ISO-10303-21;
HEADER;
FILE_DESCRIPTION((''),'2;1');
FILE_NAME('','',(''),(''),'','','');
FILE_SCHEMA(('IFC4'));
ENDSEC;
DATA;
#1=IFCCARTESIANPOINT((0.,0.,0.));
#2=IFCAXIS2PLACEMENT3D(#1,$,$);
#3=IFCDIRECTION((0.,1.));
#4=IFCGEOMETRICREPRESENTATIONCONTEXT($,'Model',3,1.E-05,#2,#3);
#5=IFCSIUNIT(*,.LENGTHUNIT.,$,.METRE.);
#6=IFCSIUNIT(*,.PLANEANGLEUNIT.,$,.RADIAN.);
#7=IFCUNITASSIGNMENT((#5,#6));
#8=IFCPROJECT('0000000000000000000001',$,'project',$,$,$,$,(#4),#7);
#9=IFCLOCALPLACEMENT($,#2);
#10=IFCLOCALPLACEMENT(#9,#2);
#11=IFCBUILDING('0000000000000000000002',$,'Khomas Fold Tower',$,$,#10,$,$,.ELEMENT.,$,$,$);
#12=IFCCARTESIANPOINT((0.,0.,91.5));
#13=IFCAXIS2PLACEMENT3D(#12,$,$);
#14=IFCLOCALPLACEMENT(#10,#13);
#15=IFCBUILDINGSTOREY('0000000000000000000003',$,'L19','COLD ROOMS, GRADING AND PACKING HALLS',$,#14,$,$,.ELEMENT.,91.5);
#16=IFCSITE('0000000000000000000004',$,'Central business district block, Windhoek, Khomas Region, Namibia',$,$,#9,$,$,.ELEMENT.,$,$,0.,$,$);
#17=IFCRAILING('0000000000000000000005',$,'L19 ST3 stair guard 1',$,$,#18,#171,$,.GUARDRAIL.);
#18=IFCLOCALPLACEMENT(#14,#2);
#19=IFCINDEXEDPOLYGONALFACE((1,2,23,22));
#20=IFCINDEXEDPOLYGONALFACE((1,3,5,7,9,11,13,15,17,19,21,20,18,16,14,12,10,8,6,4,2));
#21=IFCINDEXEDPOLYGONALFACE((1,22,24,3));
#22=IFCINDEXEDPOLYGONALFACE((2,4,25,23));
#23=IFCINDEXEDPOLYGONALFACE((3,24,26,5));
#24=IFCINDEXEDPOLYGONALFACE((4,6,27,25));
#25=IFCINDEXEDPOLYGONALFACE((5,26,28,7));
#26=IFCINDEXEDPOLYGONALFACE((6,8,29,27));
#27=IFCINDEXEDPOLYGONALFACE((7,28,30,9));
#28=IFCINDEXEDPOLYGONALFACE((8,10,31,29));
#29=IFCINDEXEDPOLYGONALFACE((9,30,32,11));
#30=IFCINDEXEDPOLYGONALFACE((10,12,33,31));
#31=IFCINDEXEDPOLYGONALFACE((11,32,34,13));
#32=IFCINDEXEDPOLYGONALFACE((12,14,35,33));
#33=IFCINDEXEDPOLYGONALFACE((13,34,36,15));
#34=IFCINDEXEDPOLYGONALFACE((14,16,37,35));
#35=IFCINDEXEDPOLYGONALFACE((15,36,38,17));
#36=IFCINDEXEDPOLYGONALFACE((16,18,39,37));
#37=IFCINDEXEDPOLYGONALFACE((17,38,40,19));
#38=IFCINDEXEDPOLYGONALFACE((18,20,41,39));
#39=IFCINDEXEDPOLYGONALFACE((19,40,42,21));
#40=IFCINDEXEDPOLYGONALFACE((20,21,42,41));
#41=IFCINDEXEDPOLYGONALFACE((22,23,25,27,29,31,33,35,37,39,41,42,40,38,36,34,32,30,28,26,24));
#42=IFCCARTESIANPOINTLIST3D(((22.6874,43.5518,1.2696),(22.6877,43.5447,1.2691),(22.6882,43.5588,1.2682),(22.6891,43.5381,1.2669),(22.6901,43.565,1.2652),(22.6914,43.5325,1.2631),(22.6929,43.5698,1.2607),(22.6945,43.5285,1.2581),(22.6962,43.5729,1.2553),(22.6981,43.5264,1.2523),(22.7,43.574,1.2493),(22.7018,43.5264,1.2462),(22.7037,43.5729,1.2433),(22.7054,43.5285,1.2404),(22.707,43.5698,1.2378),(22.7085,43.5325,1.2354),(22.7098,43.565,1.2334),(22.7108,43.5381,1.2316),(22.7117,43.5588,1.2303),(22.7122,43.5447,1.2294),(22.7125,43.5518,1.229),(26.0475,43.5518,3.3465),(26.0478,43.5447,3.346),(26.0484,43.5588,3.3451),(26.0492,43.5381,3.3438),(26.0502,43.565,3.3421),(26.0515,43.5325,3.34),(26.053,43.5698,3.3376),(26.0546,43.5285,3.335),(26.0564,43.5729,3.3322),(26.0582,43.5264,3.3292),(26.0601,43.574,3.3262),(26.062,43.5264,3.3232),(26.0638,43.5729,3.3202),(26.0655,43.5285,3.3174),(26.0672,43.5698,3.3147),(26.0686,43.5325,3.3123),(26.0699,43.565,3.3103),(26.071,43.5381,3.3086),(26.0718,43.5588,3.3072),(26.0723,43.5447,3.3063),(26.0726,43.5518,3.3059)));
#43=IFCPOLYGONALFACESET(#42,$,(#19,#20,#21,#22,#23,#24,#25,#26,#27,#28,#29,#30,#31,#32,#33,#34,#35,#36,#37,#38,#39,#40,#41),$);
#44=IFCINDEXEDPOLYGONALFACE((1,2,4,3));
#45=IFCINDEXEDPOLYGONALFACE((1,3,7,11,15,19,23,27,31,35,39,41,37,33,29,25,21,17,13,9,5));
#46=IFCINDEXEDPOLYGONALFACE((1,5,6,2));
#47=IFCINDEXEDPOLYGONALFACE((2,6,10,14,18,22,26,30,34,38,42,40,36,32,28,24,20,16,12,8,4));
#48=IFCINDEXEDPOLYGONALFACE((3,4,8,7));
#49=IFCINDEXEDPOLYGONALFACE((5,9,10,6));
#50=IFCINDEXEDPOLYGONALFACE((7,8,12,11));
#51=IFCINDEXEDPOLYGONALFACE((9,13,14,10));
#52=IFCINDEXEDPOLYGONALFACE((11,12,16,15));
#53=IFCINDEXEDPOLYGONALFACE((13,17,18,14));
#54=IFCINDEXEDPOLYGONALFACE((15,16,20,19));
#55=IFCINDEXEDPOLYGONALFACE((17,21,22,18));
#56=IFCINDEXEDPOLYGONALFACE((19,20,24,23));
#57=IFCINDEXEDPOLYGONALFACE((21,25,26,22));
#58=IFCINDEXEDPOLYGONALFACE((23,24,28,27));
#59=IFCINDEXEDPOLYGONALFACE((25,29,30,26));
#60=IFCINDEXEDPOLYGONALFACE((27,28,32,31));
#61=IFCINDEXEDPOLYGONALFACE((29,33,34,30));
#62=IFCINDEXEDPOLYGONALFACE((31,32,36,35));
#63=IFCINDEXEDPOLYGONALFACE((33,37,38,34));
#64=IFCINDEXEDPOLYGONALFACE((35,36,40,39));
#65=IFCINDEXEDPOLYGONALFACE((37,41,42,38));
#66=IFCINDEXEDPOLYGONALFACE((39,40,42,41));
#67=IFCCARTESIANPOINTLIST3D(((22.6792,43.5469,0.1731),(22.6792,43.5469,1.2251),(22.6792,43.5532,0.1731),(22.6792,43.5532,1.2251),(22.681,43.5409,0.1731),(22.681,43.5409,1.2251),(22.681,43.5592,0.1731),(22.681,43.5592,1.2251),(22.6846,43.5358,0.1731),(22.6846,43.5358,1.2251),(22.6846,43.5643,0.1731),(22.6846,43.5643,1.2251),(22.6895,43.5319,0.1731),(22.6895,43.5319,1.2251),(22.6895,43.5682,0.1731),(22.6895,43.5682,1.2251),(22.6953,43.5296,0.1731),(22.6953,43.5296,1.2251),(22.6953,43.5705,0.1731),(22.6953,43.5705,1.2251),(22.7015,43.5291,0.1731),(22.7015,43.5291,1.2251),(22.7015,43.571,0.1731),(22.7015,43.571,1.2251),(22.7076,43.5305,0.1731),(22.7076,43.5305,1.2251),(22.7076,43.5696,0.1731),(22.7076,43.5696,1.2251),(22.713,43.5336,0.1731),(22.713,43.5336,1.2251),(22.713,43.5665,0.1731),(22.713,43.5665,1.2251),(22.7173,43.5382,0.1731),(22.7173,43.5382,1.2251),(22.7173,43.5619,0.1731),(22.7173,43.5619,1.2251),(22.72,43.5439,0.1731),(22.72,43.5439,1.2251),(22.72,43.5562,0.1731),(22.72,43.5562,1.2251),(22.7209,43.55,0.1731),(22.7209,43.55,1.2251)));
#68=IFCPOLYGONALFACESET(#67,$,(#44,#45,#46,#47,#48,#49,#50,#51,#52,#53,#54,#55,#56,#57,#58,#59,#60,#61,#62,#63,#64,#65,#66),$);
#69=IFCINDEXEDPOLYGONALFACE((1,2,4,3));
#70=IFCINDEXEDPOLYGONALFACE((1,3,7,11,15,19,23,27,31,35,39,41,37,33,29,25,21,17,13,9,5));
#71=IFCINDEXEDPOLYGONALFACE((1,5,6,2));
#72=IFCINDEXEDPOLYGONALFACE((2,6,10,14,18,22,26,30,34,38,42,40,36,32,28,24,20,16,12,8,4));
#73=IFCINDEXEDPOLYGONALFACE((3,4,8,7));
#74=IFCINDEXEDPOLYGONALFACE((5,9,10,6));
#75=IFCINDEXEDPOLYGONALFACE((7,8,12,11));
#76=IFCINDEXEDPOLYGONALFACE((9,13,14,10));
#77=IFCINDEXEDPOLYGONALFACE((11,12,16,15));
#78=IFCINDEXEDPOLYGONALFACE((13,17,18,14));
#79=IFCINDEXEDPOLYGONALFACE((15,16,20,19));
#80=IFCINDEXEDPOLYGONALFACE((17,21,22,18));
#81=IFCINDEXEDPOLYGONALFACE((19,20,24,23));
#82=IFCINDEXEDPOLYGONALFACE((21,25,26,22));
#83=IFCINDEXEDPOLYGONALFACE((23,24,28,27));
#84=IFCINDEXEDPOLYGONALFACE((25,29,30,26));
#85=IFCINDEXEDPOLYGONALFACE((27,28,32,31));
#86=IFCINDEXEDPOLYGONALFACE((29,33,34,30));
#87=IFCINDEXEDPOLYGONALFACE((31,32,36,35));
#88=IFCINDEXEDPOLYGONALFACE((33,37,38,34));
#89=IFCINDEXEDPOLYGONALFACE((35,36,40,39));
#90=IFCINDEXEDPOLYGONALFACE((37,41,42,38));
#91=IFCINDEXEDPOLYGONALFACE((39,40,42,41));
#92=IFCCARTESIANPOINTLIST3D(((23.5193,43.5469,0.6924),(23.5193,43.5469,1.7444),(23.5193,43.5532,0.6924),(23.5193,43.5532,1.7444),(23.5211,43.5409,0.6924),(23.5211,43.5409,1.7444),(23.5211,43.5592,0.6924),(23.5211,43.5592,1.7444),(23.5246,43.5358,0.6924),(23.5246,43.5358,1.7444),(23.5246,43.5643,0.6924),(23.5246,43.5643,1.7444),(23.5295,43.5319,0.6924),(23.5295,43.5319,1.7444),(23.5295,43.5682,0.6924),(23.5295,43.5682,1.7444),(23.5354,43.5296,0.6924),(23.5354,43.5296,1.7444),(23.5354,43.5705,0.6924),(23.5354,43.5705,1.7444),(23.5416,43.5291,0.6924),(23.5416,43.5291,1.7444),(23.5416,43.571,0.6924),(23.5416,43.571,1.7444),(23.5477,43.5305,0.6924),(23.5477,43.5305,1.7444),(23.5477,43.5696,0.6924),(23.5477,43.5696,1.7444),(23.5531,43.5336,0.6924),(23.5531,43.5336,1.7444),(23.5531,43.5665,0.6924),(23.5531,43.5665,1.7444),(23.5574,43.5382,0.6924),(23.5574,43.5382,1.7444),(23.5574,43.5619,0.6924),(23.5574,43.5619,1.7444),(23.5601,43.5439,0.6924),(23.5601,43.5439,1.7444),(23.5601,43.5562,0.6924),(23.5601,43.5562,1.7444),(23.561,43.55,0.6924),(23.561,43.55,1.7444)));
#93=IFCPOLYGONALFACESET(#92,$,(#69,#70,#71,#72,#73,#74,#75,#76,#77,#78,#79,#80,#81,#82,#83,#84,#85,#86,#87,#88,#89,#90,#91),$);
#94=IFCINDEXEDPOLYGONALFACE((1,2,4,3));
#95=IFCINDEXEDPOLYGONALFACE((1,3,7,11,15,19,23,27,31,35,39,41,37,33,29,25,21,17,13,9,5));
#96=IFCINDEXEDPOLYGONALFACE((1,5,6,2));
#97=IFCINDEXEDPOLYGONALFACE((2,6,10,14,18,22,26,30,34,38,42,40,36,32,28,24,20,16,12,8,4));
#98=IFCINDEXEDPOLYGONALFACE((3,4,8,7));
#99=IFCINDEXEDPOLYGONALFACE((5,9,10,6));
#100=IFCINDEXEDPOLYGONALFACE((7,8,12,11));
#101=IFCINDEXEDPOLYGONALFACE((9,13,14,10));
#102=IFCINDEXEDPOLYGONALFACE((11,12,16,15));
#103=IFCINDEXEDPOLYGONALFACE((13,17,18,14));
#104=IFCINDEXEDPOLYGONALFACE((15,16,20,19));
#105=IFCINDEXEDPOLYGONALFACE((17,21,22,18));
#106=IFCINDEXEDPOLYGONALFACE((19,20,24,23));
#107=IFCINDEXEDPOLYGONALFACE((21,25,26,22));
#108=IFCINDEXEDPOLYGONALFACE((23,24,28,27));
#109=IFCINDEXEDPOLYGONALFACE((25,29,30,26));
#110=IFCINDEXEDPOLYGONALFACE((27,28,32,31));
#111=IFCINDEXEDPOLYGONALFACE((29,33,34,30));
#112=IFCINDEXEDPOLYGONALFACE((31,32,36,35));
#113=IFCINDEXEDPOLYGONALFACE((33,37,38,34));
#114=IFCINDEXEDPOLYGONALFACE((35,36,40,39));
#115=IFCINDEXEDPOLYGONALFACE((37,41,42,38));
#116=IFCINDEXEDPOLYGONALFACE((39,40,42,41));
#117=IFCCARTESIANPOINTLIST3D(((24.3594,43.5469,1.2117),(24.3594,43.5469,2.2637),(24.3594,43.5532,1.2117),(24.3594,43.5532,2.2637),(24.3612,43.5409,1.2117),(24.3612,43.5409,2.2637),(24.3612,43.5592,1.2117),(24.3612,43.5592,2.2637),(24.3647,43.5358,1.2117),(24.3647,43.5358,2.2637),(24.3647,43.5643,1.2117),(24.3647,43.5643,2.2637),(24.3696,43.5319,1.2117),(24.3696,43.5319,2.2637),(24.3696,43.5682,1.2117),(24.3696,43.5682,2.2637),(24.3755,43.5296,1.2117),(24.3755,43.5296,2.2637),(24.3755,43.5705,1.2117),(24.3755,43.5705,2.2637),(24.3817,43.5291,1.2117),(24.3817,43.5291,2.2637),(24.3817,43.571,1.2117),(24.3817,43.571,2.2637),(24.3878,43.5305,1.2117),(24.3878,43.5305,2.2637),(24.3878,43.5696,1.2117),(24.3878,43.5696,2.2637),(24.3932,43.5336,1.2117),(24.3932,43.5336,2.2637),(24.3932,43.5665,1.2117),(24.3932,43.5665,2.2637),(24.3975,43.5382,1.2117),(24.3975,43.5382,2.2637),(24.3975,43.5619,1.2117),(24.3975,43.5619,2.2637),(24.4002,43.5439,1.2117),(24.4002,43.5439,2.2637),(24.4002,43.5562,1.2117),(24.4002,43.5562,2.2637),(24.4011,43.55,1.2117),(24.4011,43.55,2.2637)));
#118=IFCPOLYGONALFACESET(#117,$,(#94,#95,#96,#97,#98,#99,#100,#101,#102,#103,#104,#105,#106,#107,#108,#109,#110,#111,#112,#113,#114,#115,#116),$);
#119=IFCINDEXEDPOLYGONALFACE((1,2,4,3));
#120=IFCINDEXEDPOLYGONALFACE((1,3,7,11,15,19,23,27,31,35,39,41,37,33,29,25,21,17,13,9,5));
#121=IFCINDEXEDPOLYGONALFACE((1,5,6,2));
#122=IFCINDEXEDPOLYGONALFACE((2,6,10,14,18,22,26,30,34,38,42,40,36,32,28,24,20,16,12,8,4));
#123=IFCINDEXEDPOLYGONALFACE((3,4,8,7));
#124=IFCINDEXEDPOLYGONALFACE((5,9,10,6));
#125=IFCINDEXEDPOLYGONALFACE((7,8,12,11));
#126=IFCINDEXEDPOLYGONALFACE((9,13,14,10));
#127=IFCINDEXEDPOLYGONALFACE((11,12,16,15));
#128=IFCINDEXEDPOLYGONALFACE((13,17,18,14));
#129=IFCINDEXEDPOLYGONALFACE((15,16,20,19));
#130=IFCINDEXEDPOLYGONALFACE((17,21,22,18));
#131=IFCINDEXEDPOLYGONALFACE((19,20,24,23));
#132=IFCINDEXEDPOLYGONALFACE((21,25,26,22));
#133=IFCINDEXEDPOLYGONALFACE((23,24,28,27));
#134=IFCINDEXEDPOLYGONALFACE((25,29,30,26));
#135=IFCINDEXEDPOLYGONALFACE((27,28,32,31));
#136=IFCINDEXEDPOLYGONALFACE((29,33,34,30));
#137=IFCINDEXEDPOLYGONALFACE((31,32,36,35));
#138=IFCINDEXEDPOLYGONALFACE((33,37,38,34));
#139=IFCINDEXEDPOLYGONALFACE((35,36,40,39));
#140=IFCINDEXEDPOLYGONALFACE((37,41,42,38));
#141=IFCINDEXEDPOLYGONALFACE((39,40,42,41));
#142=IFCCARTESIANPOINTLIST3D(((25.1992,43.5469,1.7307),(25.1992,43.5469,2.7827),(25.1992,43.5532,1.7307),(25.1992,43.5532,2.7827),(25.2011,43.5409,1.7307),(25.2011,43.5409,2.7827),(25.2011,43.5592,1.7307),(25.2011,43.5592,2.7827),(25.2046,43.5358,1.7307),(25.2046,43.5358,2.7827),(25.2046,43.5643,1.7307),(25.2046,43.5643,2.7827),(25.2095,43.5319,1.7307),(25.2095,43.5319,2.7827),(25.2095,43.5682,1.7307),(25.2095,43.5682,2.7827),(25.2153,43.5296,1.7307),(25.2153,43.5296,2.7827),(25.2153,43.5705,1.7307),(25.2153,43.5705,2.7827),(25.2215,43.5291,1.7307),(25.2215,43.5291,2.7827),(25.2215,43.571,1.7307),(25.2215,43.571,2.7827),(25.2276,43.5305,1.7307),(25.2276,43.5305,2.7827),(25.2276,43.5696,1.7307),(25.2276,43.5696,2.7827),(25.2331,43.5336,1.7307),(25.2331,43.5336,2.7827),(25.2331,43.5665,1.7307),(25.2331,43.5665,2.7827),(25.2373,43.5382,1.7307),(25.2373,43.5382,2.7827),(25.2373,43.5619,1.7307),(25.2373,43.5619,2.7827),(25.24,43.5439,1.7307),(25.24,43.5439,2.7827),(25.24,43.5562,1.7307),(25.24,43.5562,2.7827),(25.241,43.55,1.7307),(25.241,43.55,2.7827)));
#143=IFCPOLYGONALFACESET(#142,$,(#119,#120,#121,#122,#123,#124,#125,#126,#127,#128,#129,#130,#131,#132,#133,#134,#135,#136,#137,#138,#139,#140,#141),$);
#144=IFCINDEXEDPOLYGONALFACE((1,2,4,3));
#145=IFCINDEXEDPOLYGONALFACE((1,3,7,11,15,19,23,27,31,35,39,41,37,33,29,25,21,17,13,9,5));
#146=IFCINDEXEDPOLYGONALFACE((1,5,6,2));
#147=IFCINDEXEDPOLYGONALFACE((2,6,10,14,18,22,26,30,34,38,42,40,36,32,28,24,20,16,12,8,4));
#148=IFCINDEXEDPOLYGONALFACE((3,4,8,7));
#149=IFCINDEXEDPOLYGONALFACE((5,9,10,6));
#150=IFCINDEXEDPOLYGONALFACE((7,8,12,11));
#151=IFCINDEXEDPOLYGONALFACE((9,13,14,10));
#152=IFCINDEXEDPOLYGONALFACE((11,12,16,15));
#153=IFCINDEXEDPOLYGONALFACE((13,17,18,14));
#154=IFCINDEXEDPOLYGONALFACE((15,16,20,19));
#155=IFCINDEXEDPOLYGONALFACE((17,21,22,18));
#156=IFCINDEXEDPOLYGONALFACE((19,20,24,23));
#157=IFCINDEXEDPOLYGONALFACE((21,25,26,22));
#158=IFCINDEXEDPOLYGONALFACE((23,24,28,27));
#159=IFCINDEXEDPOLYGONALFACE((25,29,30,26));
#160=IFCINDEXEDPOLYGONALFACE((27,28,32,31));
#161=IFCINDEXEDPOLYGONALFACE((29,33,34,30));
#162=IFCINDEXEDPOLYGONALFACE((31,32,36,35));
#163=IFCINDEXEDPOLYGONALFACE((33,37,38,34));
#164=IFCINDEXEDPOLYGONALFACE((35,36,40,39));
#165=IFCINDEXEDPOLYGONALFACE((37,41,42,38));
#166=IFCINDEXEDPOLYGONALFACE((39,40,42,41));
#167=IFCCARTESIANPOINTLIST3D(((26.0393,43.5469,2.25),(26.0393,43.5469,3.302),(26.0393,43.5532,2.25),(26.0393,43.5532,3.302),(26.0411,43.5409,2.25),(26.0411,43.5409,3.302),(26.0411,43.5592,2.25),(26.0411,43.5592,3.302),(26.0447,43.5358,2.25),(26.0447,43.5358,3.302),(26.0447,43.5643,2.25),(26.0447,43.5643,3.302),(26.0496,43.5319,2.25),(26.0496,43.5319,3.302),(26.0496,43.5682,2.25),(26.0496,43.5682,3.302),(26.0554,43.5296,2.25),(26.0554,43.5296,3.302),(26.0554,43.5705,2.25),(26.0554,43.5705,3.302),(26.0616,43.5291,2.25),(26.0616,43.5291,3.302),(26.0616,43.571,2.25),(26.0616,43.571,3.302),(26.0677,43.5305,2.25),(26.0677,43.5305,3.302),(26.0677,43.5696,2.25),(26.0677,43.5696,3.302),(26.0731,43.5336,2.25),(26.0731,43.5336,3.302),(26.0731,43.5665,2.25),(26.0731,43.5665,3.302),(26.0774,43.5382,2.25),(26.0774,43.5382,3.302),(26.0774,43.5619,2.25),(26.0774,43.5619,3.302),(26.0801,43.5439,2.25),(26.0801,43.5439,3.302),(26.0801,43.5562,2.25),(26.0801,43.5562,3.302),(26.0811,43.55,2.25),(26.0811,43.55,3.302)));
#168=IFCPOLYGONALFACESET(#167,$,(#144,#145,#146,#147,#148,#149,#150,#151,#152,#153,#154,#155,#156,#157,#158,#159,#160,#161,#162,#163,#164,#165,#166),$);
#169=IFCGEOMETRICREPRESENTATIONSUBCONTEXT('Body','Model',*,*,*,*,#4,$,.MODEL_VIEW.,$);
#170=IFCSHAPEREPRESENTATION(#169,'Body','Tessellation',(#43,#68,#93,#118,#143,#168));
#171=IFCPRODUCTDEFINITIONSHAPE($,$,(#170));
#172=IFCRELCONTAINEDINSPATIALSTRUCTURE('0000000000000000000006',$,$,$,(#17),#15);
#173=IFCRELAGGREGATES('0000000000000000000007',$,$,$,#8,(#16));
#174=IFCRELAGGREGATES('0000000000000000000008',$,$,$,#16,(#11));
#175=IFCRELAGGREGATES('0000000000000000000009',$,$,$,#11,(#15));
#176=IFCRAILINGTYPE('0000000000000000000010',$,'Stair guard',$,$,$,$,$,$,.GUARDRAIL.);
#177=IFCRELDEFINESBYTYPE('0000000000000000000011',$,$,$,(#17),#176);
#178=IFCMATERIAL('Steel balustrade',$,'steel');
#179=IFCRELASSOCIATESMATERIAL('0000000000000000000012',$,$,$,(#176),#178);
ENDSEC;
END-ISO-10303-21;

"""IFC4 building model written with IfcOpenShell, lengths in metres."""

from ifc_helpers import new_model, si_unit, direction, frame, origin, origin_2d, place, context, subcontext, project, spatial, circle, extrude, source, transform, mapped, material, type_object, element, save


model = new_model("IFC4")

# Units and contexts
model_context = context("Model", 3, precision=1e-05, world=origin(), true_north=direction((0.0, 1.0)))
body_context = subcontext(model_context, "Body", "Model", "MODEL_VIEW")
ifc_project = project(units=[si_unit("LENGTHUNIT", "METRE"), si_unit("PLANEANGLEUNIT", "RADIAN")], contexts=[model_context])

# Site, building, storey
site_placement = place(None, origin())
site = spatial("IfcSite", under=ifc_project, at=site_placement, Name="Central business district block, Windhoek, Khomas Region, Namibia", CompositionType="ELEMENT", RefElevation=0.0)
building_placement = place(site_placement, origin())
building = spatial("IfcBuilding", under=site, at=building_placement, Name="Khomas Fold Tower", CompositionType="ELEMENT")
storey_placement = place(building_placement, frame((0.0, 0.0, 91.5)))
storey = spatial("IfcBuildingStorey", under=building, at=storey_placement, Name="L19", Description="COLD ROOMS, GRADING AND PACKING HALLS", CompositionType="ELEMENT", Elevation=91.5)

# Railing
ifc_material_1 = material(Name="Steel balustrade", Category="steel")
railing_type_1 = type_object("IfcRailingType", Name="Stair guard", PredefinedType="GUARDRAIL", material=ifc_material_1)
shared_shape_1 = source(origin(), body_context, "Body", "SweptSolid", [
    extrude(circle(Radius=0.0239, at=origin_2d()), frame((0.0, 0.0, 1.0762), z_axis=(0.850623, 0.0, 0.525776), x_axis=(0.0, 1.0, 0.0)), (0.0, 0.0, 1.0), 3.9502),
    extrude(circle(Radius=0.021, at=origin_2d()), origin(), (0.0, 0.0, 1.0), 1.052),
    extrude(circle(Radius=0.021, at=origin_2d()), frame((0.8401, 0.0, 0.5193)), (0.0, 0.0, 1.0), 1.052),
    extrude(circle(Radius=0.021, at=origin_2d()), frame((1.6802, 0.0, 1.0386)), (0.0, 0.0, 1.0), 1.052),
    extrude(circle(Radius=0.021, at=origin_2d()), frame((2.52, 0.0, 1.5576)), (0.0, 0.0, 1.0), 1.052),
    extrude(circle(Radius=0.021, at=origin_2d()), frame((3.3601, 0.0, 2.0769)), (0.0, 0.0, 1.0), 1.052),
])
railing_1_placement = place(storey_placement, frame((22.7, 43.55, 0.1731)))
element("IfcRailing", 1, at=railing_1_placement, inside=storey, type_object=railing_type_1, Name="L19 ST3 stair guard 1", PredefinedType="GUARDRAIL", context=body_context, shape_type="MappedRepresentation", body=[
    mapped(shared_shape_1, transform((0.0, 0.0, 0.0))),
])

save(model, "model.ifc")
